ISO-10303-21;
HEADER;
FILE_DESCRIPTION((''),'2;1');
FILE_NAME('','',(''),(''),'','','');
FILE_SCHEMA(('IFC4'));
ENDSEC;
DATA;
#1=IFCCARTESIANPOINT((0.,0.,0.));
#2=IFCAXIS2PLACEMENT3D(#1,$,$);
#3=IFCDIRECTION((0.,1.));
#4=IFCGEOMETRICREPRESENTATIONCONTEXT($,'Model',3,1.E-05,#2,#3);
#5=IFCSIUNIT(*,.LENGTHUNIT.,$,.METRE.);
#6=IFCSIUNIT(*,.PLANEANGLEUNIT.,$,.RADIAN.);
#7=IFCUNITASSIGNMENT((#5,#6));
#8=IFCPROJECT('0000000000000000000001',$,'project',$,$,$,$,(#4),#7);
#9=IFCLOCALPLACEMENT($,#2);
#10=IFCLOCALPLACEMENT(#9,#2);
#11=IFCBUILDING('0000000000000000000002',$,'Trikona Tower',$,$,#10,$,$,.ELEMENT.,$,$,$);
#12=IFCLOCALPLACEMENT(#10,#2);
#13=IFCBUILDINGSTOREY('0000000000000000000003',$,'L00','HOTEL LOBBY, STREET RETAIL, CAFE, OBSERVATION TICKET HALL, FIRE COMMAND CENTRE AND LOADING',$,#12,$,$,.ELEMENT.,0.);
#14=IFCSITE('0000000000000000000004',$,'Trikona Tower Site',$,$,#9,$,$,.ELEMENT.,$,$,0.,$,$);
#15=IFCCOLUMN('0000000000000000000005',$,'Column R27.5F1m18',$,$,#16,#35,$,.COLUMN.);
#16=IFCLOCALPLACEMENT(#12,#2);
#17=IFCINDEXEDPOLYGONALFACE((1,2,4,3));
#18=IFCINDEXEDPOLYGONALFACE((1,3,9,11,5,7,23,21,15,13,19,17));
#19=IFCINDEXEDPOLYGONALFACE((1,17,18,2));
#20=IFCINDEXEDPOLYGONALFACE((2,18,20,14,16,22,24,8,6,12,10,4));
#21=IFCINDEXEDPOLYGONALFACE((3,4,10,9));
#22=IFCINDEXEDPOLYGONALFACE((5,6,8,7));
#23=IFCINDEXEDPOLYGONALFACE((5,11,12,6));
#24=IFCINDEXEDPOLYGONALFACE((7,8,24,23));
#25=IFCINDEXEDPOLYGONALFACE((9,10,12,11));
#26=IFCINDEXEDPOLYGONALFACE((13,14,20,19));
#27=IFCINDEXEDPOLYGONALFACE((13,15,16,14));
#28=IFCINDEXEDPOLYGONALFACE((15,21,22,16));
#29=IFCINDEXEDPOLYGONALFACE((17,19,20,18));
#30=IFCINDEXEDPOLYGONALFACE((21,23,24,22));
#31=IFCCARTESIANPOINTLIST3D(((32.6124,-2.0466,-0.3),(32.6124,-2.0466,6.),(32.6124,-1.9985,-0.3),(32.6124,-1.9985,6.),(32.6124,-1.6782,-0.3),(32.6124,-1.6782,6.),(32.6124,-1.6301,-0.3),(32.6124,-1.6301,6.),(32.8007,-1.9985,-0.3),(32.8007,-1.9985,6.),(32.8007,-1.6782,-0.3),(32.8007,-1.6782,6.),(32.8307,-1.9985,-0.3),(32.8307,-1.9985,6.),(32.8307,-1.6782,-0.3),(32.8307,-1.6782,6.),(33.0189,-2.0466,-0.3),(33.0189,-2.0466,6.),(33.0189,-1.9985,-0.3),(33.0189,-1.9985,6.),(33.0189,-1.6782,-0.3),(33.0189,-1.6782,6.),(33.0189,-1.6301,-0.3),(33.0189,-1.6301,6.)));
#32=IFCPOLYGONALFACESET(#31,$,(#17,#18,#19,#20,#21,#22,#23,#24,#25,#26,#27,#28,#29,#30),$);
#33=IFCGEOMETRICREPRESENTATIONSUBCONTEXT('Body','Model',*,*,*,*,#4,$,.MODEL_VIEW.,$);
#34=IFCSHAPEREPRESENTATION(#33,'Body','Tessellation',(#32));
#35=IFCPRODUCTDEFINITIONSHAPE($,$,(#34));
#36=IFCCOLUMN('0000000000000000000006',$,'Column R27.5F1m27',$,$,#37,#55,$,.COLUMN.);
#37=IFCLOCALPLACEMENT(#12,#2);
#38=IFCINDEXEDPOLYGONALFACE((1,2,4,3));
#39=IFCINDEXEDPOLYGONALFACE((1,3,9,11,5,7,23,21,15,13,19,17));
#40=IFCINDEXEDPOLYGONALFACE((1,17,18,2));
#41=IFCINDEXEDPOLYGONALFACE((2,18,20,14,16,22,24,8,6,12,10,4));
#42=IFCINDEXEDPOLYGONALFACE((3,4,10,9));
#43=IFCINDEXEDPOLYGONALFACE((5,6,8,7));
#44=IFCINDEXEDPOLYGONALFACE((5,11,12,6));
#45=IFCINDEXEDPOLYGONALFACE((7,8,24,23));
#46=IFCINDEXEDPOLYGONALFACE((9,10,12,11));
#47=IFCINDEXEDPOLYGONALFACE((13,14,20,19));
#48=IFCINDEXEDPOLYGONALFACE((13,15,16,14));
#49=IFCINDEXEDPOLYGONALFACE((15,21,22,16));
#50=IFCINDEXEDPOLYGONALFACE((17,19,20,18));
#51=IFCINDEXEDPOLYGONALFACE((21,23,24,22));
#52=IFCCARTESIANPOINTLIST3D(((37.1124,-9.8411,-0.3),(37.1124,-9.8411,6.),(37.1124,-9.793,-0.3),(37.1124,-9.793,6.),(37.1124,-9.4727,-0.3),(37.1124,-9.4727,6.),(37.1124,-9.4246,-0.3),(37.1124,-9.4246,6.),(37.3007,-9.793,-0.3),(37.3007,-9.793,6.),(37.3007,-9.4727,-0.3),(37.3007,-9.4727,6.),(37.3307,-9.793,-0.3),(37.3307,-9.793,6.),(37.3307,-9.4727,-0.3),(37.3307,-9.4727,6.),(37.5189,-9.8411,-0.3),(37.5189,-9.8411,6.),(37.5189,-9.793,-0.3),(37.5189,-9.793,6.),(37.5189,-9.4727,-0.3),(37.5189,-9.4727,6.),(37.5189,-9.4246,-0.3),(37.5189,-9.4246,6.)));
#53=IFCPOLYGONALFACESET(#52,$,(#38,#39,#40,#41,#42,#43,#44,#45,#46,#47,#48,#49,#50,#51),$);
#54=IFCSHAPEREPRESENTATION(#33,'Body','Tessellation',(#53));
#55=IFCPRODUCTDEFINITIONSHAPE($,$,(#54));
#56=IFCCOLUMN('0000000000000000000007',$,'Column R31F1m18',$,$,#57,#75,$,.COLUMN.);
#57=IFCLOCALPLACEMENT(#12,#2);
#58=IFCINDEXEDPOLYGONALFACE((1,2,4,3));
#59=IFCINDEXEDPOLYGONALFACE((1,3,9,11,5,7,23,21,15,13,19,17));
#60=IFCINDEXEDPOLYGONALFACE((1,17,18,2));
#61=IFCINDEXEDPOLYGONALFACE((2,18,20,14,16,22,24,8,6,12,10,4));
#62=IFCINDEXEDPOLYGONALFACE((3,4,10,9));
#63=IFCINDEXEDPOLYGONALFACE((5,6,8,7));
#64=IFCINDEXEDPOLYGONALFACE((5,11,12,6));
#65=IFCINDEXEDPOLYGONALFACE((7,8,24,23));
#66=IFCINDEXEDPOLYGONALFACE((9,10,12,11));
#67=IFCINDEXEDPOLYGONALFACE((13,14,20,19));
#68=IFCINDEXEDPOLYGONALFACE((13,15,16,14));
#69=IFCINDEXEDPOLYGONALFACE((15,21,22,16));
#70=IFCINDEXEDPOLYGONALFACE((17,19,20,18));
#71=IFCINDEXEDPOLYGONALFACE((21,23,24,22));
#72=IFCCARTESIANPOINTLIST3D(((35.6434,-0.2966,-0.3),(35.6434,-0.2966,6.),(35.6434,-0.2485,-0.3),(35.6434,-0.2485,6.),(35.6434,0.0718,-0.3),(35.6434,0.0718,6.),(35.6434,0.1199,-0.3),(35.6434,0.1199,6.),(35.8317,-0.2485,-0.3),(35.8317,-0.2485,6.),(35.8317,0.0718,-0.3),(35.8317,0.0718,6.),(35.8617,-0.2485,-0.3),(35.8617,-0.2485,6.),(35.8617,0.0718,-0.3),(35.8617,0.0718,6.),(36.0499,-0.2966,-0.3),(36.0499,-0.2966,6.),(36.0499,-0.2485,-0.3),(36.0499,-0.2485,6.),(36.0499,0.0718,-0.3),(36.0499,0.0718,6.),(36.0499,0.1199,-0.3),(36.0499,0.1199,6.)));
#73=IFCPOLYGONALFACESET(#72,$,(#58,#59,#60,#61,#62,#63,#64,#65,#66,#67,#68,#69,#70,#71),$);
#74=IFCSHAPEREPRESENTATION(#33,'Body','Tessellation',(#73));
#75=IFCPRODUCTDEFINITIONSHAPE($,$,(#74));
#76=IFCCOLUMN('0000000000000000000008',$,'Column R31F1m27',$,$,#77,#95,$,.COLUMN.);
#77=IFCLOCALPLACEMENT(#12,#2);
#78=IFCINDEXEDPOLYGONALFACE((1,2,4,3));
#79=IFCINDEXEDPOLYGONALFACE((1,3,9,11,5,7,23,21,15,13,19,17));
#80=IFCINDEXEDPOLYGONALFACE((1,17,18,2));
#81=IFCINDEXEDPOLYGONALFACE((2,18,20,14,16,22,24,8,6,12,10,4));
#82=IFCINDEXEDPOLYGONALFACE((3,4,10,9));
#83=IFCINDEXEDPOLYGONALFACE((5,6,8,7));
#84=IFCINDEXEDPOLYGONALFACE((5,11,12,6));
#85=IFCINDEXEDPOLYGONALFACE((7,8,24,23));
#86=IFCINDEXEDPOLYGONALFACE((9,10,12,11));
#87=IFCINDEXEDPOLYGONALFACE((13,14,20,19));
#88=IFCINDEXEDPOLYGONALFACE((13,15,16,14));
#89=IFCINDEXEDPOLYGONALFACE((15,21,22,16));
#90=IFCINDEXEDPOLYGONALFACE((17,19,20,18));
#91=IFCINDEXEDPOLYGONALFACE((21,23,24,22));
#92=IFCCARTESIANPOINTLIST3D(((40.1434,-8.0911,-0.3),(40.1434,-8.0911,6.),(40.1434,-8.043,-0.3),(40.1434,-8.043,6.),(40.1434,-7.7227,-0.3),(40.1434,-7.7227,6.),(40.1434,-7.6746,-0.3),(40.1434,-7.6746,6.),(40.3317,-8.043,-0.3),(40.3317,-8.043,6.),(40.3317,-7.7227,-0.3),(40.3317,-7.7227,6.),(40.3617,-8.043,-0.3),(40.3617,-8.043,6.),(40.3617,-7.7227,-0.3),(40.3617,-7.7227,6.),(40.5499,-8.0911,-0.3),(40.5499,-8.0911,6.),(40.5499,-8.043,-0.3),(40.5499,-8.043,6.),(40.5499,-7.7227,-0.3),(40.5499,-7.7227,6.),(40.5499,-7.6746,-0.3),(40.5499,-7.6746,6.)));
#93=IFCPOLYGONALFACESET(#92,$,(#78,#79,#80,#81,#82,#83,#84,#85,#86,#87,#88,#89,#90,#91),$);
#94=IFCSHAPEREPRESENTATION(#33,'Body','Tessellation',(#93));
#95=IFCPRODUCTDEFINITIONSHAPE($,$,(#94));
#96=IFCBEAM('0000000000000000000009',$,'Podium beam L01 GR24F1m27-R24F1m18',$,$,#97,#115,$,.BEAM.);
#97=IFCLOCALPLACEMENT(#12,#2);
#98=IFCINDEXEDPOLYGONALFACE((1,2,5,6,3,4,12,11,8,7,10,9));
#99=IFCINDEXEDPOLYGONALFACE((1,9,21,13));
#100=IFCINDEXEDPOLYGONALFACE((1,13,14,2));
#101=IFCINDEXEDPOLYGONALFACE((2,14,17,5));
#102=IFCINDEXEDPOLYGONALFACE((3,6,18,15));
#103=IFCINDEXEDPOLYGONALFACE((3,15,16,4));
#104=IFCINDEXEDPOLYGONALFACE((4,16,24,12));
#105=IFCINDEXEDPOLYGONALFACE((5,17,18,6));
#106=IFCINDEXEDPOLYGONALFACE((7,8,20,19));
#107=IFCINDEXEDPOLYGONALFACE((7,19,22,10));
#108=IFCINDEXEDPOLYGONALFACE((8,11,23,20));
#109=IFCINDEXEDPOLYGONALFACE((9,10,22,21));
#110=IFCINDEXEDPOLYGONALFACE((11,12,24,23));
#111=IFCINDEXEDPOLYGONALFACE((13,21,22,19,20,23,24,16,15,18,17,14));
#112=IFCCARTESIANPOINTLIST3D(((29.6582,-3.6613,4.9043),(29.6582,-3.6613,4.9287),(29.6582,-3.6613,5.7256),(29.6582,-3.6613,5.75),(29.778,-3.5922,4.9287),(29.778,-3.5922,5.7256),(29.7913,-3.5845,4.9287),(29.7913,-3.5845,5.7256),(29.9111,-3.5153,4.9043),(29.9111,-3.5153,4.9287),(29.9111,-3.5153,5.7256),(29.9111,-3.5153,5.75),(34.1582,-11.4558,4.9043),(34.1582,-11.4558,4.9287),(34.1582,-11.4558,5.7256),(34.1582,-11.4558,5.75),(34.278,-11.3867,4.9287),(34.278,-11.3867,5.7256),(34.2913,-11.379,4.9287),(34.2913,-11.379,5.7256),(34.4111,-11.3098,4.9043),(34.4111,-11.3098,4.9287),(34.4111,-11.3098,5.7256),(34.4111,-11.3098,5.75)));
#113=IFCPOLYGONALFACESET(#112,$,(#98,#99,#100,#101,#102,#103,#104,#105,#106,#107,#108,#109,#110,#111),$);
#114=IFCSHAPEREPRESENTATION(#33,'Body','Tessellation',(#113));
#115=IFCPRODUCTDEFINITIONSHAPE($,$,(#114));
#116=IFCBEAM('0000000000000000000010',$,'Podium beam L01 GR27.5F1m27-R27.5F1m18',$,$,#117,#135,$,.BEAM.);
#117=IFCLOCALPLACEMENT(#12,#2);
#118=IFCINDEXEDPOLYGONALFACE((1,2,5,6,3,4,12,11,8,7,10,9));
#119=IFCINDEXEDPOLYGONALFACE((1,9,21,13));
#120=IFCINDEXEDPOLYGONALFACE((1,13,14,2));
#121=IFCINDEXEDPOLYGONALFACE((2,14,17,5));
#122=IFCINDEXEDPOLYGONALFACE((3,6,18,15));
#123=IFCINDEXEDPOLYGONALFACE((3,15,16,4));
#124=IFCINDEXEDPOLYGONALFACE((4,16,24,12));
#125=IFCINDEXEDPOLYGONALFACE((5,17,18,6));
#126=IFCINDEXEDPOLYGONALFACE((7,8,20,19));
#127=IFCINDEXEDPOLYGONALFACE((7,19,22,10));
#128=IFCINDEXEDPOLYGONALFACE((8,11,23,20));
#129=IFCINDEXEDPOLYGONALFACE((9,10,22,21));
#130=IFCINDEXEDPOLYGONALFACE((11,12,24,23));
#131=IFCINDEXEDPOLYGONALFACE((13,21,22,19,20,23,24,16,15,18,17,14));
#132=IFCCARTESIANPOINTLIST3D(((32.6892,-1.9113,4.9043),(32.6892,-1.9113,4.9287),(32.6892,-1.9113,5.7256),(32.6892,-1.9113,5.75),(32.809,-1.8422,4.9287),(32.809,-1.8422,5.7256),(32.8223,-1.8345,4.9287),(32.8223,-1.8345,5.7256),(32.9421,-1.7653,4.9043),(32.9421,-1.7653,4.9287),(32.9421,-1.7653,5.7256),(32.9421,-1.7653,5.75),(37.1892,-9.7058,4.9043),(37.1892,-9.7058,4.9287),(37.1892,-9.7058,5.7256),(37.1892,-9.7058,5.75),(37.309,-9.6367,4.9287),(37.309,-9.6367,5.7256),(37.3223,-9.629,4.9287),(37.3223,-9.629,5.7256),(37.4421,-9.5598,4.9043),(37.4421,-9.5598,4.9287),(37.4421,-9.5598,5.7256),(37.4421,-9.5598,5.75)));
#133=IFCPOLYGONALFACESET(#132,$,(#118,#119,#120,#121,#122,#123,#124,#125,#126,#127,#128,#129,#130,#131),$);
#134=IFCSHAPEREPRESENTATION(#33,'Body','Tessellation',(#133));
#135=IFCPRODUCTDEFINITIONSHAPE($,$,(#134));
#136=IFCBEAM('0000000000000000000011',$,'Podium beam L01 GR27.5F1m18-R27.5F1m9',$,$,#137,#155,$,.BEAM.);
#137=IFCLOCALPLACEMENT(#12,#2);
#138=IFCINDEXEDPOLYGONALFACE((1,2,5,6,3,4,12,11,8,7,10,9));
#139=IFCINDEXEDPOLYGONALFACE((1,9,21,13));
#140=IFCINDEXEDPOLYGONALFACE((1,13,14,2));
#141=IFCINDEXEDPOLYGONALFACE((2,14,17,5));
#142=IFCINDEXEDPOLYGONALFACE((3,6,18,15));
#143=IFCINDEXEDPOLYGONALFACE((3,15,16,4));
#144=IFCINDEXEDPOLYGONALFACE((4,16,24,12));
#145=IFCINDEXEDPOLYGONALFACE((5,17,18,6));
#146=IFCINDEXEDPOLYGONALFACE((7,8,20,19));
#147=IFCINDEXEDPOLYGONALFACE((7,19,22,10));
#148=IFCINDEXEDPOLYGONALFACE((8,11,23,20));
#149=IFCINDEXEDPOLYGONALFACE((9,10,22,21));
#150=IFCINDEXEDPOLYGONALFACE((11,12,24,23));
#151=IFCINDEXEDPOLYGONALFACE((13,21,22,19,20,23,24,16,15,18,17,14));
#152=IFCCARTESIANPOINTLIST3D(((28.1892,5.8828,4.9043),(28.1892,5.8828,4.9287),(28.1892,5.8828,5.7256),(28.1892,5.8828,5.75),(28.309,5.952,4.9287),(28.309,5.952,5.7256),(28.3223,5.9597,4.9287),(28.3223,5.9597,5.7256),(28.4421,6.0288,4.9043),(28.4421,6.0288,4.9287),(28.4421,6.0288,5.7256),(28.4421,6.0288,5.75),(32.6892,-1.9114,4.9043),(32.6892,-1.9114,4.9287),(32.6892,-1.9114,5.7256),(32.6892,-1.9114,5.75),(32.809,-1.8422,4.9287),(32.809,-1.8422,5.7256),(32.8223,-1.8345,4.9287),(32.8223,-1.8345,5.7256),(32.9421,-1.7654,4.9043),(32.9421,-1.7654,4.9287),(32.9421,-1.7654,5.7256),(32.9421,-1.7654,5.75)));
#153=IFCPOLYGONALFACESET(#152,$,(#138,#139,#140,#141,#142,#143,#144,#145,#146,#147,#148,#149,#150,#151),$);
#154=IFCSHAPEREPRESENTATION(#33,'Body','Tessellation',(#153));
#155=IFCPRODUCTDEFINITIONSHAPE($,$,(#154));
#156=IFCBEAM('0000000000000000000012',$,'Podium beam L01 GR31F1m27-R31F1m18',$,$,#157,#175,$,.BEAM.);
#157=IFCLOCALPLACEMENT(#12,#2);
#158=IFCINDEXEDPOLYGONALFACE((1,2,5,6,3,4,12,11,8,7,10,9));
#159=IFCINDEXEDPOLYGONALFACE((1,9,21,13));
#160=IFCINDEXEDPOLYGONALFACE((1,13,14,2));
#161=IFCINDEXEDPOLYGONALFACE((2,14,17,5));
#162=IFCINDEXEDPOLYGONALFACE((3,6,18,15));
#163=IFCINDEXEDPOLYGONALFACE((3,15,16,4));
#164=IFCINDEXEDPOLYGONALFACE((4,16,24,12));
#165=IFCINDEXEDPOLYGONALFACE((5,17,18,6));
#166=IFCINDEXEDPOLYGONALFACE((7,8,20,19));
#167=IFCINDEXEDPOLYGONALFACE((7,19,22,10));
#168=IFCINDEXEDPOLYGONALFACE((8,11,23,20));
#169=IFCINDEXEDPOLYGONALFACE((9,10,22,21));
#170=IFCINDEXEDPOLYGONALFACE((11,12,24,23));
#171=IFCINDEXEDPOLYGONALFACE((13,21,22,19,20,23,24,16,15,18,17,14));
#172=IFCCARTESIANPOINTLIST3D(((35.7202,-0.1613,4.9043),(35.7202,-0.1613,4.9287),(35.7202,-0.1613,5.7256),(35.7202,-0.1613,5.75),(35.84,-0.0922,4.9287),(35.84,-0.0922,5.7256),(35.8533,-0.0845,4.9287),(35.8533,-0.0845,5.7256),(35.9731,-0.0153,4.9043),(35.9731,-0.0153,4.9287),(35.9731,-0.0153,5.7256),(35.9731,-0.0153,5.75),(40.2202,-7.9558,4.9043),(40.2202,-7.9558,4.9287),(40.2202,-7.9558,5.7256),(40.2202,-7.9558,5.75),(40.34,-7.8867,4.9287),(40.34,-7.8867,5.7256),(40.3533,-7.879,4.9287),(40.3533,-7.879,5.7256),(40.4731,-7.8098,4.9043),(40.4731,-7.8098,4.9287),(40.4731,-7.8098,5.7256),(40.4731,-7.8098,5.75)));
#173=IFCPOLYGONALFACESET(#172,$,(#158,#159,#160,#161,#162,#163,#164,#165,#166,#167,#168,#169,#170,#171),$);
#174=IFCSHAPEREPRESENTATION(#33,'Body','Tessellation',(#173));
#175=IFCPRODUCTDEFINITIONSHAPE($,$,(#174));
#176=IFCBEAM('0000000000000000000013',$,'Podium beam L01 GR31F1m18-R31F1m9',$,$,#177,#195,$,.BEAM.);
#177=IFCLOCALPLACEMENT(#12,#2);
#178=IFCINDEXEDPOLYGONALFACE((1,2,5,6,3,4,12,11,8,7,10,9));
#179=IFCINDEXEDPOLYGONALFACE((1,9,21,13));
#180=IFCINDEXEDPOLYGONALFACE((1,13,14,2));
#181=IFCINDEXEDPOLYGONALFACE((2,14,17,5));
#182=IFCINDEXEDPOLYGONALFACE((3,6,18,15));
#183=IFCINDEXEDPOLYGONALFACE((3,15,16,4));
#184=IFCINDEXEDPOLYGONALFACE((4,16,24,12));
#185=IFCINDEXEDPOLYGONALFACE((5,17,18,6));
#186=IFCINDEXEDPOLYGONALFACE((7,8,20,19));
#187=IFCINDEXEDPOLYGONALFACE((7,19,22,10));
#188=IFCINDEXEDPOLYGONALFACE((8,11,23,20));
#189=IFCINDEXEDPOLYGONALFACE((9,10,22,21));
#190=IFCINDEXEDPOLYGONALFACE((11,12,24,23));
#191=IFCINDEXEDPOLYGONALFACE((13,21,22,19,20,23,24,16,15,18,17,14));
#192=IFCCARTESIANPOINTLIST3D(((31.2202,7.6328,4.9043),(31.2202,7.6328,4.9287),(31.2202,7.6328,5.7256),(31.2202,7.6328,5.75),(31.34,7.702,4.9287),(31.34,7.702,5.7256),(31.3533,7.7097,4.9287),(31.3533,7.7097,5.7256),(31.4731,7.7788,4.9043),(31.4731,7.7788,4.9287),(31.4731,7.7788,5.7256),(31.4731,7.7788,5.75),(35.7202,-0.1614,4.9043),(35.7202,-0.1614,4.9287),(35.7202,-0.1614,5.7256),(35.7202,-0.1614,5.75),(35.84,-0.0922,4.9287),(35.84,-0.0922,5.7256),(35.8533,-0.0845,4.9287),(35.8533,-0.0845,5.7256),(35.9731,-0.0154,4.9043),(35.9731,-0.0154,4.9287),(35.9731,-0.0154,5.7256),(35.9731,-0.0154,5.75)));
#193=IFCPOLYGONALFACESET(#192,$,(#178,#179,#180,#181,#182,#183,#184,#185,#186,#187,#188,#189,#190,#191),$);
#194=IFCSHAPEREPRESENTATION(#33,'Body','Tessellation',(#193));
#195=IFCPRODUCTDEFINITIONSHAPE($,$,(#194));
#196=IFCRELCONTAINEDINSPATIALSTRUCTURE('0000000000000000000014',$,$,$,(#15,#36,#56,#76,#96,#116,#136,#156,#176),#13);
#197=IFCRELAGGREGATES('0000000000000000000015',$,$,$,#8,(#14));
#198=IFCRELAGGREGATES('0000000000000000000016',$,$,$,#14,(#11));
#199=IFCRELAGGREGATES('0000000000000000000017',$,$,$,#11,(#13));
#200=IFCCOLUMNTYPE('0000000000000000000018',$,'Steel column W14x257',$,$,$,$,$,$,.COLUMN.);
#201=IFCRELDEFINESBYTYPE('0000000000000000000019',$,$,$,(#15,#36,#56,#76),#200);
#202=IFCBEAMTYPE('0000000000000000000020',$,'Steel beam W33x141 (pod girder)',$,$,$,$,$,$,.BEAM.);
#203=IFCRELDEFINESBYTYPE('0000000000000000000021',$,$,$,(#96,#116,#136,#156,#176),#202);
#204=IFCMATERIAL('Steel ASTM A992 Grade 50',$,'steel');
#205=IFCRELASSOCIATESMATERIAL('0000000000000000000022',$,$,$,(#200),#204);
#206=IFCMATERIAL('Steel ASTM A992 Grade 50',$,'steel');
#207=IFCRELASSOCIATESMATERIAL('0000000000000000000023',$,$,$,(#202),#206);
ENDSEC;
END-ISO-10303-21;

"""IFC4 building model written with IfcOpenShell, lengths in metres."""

from ifc_helpers import new_model, si_unit, direction, frame, origin, origin_2d, place, context, subcontext, project, spatial, i_section, extrude, material, material_profile, profile_set, type_object, element, save


model = new_model("IFC4")

# Units and contexts
model_context = context("Model", 3, precision=1e-05, world=origin(), true_north=direction((0.0, 1.0)))
body_context = subcontext(model_context, "Body", "Model", "MODEL_VIEW")
ifc_project = project(units=[si_unit("LENGTHUNIT", "METRE"), si_unit("PLANEANGLEUNIT", "RADIAN")], contexts=[model_context])

# Site, building, storey
site_placement = place(None, origin())
site = spatial("IfcSite", under=ifc_project, at=site_placement, Name="Trikona Tower Site", CompositionType="ELEMENT", RefElevation=0.0)
building_placement = place(site_placement, origin())
building = spatial("IfcBuilding", under=site, at=building_placement, Name="Trikona Tower", CompositionType="ELEMENT")
storey_placement = place(building_placement, origin())
storey = spatial("IfcBuildingStorey", under=building, at=storey_placement, Name="L00", Description="HOTEL LOBBY, STREET RETAIL, CAFE, OBSERVATION TICKET HALL, FIRE COMMAND CENTRE AND LOADING", CompositionType="ELEMENT", Elevation=0.0)

# Columns
ifc_material_1 = material(Name="Steel ASTM A992 Grade 50", Category="steel")
ifc_material_profile_1 = material_profile(ifc_material_1, i_section(OverallWidth=0.4065, OverallDepth=0.4165, WebThickness=0.03, FlangeThickness=0.0481, at=origin_2d()), Name="W14X257")
ifc_profile_set_1 = profile_set([ifc_material_profile_1], Name="Steel ASTM A992 Grade 50")
column_type = type_object("IfcColumnType", Name="Steel column W14x257", PredefinedType="COLUMN", material=ifc_profile_set_1)
for number, where, z_axis, x_axis, name in (
    (1, (32.8157, -1.8384, -0.3), (0.0, 0.0, 1.0), (1.0, 0.0, 0.0), "Column R27.5F1m18"),
    (2, (37.3157, -9.6328, -0.3), (0.0, 0.0, 1.0), (1.0, 0.0, 0.0), "Column R27.5F1m27"),
    (3, (35.8467, -0.0884, -0.3), (0.0, 0.0, 1.0), (1.0, 0.0, 0.0), "Column R31F1m18"),
    (4, (40.3467, -7.8828, -0.3), (0.0, 0.0, 1.0), (1.0, 0.0, 0.0), "Column R31F1m27"),
):
    element("IfcColumn", number, at=place(storey_placement, frame(where, z_axis=z_axis, x_axis=x_axis)), inside=storey, type_object=column_type, Name=name, PredefinedType="COLUMN", context=body_context, shape_type="SweptSolid", body=[
        extrude(i_section(OverallWidth=0.4065, OverallDepth=0.4165, WebThickness=0.03, FlangeThickness=0.0481, at=origin_2d()), origin(), (0.0, 0.0, 1.0), 6.3),
    ])

# Beams
ifc_material_2 = material(Name="Steel ASTM A992 Grade 50", Category="steel")
ifc_material_profile_2 = material_profile(ifc_material_2, i_section(OverallWidth=0.292, OverallDepth=0.8457, WebThickness=0.0154, FlangeThickness=0.0244, at=origin_2d()), Name="W33X141")
ifc_profile_set_2 = profile_set([ifc_material_profile_2], Name="Steel ASTM A992 Grade 50")
beam_type = type_object("IfcBeamType", Name="Steel beam W33x141 (pod girder)", PredefinedType="BEAM", material=ifc_profile_set_2)
for number, where, z_axis, x_axis, name in (
    (5, (34.2847, -11.3828, 5.3271), (-0.49999, 0.866031, 0.0), (-0.866031, -0.49999, 0.0), "Podium beam L01 GR24F1m27-R24F1m18"),
    (6, (37.3157, -9.6328, 5.3271), (-0.49999, 0.866031, 0.0), (-0.866031, -0.49999, 0.0), "Podium beam L01 GR27.5F1m27-R27.5F1m18"),
):
    element("IfcBeam", number, at=place(storey_placement, frame(where, z_axis=z_axis, x_axis=x_axis)), inside=storey, type_object=beam_type, Name=name, PredefinedType="BEAM", context=body_context, shape_type="SweptSolid", body=[
        extrude(i_section(OverallWidth=0.292, OverallDepth=0.8457, WebThickness=0.0154, FlangeThickness=0.0244, at=origin_2d()), origin(), (0.0, 0.0, 1.0), 9.0002),
    ])
beam_1_placement = place(storey_placement, frame((32.8157, -1.8384, 5.3271), z_axis=(-0.500002, 0.866024, 0.0), x_axis=(-0.866024, -0.500002, 0.0)))
element("IfcBeam", 7, at=beam_1_placement, inside=storey, type_object=beam_type, Name="Podium beam L01 GR27.5F1m18-R27.5F1m9", PredefinedType="BEAM", context=body_context, shape_type="SweptSolid", body=[
    extrude(i_section(OverallWidth=0.292, OverallDepth=0.8457, WebThickness=0.0154, FlangeThickness=0.0244, at=origin_2d()), origin(), (0.0, 0.0, 1.0), 9.0),
])
beam_2_placement = place(storey_placement, frame((40.3467, -7.8828, 5.3271), z_axis=(-0.49999, 0.866031, 0.0), x_axis=(-0.866031, -0.49999, 0.0)))
element("IfcBeam", 8, at=beam_2_placement, inside=storey, type_object=beam_type, Name="Podium beam L01 GR31F1m27-R31F1m18", PredefinedType="BEAM", context=body_context, shape_type="SweptSolid", body=[
    extrude(i_section(OverallWidth=0.292, OverallDepth=0.8457, WebThickness=0.0154, FlangeThickness=0.0244, at=origin_2d()), origin(), (0.0, 0.0, 1.0), 9.0002),
])
beam_3_placement = place(storey_placement, frame((35.8467, -0.0884, 5.3271), z_axis=(-0.500002, 0.866024, 0.0), x_axis=(-0.866024, -0.500002, 0.0)))
element("IfcBeam", 9, at=beam_3_placement, inside=storey, type_object=beam_type, Name="Podium beam L01 GR31F1m18-R31F1m9", PredefinedType="BEAM", context=body_context, shape_type="SweptSolid", body=[
    extrude(i_section(OverallWidth=0.292, OverallDepth=0.8457, WebThickness=0.0154, FlangeThickness=0.0244, at=origin_2d()), origin(), (0.0, 0.0, 1.0), 9.0),
])

save(model, "model.ifc")
